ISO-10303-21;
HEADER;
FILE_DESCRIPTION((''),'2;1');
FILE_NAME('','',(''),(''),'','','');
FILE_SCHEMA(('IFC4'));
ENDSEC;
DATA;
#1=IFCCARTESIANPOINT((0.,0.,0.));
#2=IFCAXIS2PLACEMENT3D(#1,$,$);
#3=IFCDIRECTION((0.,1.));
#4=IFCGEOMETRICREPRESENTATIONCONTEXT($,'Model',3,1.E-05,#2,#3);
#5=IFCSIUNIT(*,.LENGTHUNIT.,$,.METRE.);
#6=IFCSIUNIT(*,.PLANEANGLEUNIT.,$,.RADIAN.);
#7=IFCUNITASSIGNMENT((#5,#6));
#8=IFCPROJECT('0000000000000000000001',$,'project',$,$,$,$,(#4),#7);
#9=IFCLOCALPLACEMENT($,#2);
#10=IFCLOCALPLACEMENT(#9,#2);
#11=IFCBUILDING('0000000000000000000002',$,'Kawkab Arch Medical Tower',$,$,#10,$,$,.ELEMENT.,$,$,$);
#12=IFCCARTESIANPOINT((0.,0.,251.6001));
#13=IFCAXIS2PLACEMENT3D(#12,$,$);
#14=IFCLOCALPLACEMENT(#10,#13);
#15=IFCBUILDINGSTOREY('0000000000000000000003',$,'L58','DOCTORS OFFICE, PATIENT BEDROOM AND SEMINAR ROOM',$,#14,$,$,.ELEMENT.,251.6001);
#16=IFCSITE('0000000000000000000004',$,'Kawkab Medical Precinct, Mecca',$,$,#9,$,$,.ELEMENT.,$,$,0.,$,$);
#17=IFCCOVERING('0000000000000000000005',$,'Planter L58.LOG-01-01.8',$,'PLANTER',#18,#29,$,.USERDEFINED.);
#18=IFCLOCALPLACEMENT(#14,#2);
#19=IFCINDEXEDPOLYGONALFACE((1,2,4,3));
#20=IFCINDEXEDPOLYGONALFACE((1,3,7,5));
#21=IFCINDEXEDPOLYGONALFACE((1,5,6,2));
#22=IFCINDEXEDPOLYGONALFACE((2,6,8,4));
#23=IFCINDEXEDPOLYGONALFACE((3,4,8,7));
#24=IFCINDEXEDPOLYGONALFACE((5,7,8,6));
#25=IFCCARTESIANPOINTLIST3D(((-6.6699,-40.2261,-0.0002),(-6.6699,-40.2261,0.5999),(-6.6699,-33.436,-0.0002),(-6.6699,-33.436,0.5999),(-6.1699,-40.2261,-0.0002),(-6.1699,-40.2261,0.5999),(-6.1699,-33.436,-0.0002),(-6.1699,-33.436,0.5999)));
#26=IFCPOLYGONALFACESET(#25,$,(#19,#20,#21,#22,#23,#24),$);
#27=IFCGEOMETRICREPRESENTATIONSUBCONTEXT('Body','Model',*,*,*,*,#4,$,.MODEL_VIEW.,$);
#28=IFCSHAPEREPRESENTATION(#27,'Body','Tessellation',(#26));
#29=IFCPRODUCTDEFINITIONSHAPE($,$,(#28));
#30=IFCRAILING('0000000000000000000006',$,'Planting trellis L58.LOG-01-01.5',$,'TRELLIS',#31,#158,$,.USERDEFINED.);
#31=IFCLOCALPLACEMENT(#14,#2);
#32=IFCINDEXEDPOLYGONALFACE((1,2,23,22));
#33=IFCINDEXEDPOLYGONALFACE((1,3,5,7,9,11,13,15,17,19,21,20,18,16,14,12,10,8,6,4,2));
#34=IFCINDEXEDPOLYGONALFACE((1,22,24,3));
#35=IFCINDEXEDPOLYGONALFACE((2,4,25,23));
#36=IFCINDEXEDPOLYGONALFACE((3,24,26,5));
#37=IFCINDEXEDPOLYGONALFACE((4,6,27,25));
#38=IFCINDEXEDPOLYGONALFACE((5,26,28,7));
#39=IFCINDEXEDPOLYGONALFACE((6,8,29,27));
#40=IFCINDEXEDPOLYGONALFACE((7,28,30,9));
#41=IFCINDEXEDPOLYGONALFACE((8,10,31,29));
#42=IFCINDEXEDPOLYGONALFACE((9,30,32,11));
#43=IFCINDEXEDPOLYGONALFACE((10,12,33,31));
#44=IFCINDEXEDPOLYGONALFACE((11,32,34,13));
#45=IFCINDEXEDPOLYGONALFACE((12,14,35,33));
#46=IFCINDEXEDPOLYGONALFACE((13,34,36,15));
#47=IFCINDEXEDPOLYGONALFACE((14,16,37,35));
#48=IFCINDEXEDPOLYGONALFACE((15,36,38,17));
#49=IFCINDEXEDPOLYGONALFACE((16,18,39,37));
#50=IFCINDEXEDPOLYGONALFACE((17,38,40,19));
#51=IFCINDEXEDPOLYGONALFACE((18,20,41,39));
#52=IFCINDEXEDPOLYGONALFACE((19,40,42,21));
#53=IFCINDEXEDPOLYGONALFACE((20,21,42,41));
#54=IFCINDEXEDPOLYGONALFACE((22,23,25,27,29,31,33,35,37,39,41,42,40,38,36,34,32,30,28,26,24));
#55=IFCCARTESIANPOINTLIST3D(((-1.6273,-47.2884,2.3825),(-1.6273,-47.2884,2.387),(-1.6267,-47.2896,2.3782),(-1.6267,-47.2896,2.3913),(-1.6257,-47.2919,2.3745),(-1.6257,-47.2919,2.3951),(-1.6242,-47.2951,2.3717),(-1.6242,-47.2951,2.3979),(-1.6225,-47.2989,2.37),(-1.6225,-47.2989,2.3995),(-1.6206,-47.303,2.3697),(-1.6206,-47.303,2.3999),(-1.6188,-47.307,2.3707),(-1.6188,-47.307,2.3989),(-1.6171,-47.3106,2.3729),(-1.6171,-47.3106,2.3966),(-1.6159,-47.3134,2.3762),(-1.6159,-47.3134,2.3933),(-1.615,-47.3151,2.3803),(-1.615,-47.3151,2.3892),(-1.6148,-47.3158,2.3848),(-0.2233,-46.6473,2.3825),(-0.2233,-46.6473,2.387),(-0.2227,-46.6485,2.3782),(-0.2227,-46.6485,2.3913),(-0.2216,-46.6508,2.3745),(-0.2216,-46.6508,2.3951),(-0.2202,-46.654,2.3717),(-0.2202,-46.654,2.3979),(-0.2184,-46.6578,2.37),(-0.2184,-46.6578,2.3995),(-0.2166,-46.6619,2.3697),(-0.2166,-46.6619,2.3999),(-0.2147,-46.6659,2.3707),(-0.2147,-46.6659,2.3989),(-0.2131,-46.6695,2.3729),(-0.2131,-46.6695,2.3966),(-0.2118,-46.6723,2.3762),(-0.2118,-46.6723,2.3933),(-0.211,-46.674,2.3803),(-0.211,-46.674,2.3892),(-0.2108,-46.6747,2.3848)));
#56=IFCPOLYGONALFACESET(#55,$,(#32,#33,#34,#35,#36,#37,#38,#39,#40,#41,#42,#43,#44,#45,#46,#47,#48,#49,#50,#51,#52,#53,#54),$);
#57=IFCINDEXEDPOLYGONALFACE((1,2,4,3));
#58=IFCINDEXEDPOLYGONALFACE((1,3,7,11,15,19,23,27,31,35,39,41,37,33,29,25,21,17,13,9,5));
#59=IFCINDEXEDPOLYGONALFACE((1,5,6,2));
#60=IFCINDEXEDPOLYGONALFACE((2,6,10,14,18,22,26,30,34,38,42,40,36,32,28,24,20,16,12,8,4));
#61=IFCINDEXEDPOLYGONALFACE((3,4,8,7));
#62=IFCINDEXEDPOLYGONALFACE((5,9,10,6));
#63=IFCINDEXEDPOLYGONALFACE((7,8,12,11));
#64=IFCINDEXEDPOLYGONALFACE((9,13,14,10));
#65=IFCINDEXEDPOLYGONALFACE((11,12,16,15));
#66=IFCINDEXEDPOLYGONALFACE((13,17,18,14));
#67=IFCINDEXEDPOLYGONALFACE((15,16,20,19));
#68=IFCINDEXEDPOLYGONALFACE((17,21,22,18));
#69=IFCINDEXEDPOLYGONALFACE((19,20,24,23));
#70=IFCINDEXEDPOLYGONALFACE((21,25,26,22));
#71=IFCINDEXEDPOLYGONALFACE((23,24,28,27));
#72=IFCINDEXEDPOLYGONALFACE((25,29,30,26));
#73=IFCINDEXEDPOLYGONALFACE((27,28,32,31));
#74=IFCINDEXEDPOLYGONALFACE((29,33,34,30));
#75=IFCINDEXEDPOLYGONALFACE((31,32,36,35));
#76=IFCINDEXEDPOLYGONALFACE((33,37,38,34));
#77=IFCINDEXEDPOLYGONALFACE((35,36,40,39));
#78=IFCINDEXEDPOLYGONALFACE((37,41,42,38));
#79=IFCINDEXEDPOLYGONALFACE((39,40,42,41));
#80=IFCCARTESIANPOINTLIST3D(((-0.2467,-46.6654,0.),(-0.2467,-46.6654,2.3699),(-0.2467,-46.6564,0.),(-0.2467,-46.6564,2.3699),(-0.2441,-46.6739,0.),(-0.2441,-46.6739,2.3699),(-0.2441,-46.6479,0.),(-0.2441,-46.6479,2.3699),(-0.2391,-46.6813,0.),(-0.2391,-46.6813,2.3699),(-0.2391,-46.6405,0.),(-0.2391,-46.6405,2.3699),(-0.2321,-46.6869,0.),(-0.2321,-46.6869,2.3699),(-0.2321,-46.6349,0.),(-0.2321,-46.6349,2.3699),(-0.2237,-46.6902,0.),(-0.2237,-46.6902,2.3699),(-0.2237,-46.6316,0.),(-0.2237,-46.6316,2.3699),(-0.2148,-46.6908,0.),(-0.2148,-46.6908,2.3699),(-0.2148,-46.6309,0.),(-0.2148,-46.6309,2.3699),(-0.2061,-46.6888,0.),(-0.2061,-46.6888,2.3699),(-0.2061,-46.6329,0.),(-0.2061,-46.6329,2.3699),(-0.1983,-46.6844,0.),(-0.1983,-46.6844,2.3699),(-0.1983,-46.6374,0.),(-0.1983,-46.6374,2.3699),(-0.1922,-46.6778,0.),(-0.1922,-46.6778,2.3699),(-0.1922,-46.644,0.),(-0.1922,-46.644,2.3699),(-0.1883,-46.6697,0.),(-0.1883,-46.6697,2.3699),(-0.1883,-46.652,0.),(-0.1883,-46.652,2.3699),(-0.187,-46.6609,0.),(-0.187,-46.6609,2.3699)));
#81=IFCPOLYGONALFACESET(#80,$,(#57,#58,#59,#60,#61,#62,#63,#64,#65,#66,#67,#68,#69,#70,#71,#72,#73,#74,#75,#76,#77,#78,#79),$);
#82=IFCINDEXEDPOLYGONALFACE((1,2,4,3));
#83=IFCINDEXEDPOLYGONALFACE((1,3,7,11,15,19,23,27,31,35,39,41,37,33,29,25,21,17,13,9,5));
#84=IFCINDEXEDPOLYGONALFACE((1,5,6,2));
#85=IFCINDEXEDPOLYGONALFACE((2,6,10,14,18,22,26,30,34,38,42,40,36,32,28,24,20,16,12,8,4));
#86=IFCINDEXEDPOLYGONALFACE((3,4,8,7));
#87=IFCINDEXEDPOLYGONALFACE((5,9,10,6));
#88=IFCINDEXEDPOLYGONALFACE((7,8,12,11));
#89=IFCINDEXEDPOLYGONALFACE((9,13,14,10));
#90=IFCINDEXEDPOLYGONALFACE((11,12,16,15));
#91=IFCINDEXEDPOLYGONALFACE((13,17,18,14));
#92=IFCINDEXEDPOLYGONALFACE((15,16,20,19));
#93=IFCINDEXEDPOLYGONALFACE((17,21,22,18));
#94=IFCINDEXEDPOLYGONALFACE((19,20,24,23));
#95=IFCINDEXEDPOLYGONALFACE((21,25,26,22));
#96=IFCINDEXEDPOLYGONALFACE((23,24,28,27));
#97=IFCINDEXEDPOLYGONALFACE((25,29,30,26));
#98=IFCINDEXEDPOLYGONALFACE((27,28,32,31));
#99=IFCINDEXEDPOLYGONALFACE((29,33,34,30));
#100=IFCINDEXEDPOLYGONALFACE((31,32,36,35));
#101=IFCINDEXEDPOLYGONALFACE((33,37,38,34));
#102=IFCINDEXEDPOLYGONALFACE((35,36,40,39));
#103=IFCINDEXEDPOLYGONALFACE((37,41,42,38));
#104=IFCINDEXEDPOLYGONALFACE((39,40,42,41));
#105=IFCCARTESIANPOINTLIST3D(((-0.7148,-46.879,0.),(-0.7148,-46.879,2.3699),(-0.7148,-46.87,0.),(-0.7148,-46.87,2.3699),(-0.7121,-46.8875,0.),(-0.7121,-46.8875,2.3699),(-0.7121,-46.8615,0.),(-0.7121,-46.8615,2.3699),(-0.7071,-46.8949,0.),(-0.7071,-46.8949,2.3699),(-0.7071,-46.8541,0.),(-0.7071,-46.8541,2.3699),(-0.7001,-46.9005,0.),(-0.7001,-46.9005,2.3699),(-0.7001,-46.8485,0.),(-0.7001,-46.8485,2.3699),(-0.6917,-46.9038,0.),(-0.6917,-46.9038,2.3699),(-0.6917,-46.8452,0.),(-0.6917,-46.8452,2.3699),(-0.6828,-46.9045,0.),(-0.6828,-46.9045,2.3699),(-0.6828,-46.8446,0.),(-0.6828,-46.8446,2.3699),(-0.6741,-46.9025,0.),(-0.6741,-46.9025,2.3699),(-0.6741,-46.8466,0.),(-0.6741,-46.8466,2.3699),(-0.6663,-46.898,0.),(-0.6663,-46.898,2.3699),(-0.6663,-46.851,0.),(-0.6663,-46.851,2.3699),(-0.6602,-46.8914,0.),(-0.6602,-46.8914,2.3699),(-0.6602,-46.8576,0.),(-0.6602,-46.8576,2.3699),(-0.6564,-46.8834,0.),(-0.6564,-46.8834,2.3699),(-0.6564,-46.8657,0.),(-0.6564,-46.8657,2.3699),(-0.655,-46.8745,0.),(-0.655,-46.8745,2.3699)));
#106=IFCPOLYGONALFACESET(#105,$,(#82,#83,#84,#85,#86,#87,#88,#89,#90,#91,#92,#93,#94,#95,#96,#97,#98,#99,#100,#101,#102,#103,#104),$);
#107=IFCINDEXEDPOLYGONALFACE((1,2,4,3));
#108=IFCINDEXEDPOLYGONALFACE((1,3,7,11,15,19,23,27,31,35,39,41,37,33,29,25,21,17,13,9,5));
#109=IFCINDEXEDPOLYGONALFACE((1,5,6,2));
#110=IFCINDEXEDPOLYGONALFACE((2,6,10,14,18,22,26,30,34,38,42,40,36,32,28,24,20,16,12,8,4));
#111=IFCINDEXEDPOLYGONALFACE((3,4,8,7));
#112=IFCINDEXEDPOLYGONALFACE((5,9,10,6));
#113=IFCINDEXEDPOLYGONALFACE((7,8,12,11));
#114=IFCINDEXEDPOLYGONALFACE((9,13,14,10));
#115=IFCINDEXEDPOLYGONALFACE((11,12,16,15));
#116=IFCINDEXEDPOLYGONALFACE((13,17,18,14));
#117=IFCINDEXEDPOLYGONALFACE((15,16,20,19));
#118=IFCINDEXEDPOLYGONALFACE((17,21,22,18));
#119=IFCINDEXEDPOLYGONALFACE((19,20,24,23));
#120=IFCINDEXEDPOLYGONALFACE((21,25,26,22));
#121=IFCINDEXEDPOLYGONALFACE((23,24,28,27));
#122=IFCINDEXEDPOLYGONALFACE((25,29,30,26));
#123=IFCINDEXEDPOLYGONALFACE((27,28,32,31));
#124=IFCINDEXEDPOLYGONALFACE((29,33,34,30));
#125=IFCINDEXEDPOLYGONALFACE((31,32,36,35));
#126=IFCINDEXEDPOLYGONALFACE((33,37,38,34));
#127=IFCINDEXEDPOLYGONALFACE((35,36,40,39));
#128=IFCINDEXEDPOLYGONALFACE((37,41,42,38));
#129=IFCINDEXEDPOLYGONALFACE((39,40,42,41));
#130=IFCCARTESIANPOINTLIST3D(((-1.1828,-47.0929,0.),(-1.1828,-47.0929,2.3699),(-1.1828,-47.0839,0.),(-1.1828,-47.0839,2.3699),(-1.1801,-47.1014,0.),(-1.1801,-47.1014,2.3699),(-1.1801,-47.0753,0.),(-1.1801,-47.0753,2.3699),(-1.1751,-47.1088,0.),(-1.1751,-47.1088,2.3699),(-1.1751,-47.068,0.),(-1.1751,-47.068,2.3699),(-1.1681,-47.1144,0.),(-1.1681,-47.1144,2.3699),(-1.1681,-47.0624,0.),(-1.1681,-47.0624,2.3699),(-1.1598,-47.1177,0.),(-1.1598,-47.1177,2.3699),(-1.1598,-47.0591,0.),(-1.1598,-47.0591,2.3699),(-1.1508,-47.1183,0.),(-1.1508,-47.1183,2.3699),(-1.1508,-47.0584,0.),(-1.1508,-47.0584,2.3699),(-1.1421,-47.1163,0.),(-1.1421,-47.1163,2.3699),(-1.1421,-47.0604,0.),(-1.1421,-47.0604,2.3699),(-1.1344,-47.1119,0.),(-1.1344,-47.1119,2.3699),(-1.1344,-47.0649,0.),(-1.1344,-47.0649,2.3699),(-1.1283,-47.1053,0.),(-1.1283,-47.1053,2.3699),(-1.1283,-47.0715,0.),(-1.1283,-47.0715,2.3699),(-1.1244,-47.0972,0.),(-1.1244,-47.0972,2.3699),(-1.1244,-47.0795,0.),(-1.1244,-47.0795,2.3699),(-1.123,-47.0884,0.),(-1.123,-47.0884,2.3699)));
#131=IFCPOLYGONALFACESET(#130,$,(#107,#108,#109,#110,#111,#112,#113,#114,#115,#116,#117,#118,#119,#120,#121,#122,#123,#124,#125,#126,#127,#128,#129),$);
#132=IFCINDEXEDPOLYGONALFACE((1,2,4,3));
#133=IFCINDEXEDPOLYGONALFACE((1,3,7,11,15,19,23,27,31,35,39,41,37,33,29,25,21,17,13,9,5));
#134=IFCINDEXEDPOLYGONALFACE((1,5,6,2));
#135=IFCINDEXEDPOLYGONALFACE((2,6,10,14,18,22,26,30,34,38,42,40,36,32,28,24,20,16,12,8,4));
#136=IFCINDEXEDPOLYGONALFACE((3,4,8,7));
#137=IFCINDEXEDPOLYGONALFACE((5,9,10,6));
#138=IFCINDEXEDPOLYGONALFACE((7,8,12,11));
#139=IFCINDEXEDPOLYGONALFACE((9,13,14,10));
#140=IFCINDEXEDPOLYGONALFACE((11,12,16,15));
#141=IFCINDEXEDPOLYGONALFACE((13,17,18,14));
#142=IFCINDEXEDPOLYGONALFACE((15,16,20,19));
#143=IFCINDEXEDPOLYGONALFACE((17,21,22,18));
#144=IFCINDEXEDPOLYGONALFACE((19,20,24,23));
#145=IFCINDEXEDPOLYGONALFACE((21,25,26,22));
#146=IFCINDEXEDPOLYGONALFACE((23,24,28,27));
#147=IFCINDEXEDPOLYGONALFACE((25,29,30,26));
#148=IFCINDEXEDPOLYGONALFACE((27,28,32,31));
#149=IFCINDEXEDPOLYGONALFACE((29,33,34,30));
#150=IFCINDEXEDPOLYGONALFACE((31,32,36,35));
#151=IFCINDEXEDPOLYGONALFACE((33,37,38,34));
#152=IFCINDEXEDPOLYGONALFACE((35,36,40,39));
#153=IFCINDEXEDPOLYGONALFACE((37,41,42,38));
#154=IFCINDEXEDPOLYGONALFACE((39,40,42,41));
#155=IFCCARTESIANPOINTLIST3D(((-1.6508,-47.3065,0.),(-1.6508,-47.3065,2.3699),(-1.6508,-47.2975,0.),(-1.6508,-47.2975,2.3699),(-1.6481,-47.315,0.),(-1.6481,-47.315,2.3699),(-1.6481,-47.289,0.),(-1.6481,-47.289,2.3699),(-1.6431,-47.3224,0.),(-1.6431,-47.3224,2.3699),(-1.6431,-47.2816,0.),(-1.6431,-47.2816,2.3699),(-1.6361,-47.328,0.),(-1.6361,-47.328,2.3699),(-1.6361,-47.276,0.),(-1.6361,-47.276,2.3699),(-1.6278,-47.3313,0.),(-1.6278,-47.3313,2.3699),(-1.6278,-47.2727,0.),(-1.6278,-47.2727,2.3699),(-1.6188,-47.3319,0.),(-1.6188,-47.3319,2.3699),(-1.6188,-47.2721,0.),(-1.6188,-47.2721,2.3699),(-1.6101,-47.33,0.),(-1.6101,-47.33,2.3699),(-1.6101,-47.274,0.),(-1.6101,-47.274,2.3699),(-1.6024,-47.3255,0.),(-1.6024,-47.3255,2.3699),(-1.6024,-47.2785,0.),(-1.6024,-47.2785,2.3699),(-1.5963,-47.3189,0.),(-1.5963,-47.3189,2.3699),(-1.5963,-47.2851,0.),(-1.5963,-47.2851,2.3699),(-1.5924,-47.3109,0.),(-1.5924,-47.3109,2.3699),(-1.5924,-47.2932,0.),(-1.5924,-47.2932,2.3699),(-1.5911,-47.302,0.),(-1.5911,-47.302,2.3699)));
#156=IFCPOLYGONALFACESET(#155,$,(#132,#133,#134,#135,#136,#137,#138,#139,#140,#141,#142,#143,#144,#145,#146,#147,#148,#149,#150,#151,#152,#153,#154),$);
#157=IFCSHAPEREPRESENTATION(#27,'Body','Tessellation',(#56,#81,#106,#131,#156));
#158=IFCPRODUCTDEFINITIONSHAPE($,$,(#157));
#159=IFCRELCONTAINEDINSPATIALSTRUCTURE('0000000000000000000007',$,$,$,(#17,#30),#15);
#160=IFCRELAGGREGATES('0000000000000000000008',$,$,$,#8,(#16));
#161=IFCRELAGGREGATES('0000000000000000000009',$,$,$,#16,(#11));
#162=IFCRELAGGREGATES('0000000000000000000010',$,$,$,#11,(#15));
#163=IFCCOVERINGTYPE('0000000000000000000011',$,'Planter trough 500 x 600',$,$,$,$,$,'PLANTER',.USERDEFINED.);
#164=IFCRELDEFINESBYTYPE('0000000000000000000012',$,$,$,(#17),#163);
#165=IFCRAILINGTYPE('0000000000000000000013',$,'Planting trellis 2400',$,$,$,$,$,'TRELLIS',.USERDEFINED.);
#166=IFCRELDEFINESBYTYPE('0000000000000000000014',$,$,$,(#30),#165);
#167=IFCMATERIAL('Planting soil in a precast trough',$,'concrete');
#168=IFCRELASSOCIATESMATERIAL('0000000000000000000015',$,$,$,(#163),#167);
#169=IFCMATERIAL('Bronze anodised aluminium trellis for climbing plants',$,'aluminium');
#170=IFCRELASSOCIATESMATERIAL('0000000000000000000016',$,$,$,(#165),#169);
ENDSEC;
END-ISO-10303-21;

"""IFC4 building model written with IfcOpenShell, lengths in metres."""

from ifc_helpers import new_model, si_unit, direction, frame, origin, origin_2d, place, context, subcontext, project, spatial, rectangle, circle, extrude, material, material_profile, profile_set, type_object, element, save


model = new_model("IFC4")

# Units and contexts
model_context = context("Model", 3, precision=1e-05, world=origin(), true_north=direction((0.0, 1.0)))
body_context = subcontext(model_context, "Body", "Model", "MODEL_VIEW")
ifc_project = project(units=[si_unit("LENGTHUNIT", "METRE"), si_unit("PLANEANGLEUNIT", "RADIAN")], contexts=[model_context])

# Site, building, storey
site_placement = place(None, origin())
site = spatial("IfcSite", under=ifc_project, at=site_placement, Name="Kawkab Medical Precinct, Mecca", CompositionType="ELEMENT", RefElevation=0.0)
building_placement = place(site_placement, origin())
building = spatial("IfcBuilding", under=site, at=building_placement, Name="Kawkab Arch Medical Tower", CompositionType="ELEMENT")
storey_placement = place(building_placement, frame((0.0, 0.0, 251.6001)))
storey = spatial("IfcBuildingStorey", under=building, at=storey_placement, Name="L58", Description="DOCTORS OFFICE, PATIENT BEDROOM AND SEMINAR ROOM", CompositionType="ELEMENT", Elevation=251.6001)

# Covering
ifc_material_1 = material(Name="Planting soil in a precast trough", Category="concrete")
ifc_material_profile_1 = material_profile(ifc_material_1, rectangle(XDim=0.5, YDim=0.6001, at=origin_2d()), Name="Trough 500x600")
ifc_profile_set_1 = profile_set([ifc_material_profile_1], Name="Planting soil in a precast trough")
covering_type = type_object("IfcCoveringType", Name="Planter trough 500 x 600", ElementType="PLANTER", PredefinedType="USERDEFINED", material=ifc_profile_set_1)
covering_1_placement = place(storey_placement, frame((-6.4199, -40.2261, 0.2998), z_axis=(0.0, 1.0, 0.0), x_axis=(-1.0, 0.0, 0.0)))
element("IfcCovering", 1, at=covering_1_placement, inside=storey, type_object=covering_type, Name="Planter L58.LOG-01-01.8", ObjectType="PLANTER", PredefinedType="USERDEFINED", context=body_context, shape_type="SweptSolid", body=[
    extrude(rectangle(XDim=0.5, YDim=0.6001, at=origin_2d()), origin(), (0.0, 0.0, 1.0), 6.79),
])

# Railing
ifc_material_2 = material(Name="Bronze anodised aluminium trellis for climbing plants", Category="aluminium")
railing_type_1 = type_object("IfcRailingType", Name="Planting trellis 2400", ElementType="TRELLIS", PredefinedType="USERDEFINED", material=ifc_material_2)
railing_1_placement = place(storey_placement, frame((-0.217, -46.6609, 0.0)))
element("IfcRailing", 2, at=railing_1_placement, inside=storey, type_object=railing_type_1, Name="Planting trellis L58.LOG-01-01.5", ObjectType="TRELLIS", PredefinedType="USERDEFINED", context=body_context, shape_type="SweptSolid", body=[
    extrude(circle(Radius=0.0151, at=origin_2d()), frame((0.0, 0.0, 2.3848), z_axis=(-0.909656, -0.415363, 0.0), x_axis=(0.415363, -0.909656, 0.0)), (0.0, 0.0, 1.0), 1.5435),
    extrude(circle(Radius=0.03, at=origin_2d()), origin(), (0.0, 0.0, 1.0), 2.3699),
    extrude(circle(Radius=0.03, at=origin_2d()), frame((-0.468, -0.2136, 0.0)), (0.0, 0.0, 1.0), 2.3699),
    extrude(circle(Radius=0.03, at=origin_2d()), frame((-0.936, -0.4275, 0.0)), (0.0, 0.0, 1.0), 2.3699),
    extrude(circle(Radius=0.03, at=origin_2d()), frame((-1.4041, -0.6411, 0.0)), (0.0, 0.0, 1.0), 2.3699),
])

save(model, "model.ifc")
